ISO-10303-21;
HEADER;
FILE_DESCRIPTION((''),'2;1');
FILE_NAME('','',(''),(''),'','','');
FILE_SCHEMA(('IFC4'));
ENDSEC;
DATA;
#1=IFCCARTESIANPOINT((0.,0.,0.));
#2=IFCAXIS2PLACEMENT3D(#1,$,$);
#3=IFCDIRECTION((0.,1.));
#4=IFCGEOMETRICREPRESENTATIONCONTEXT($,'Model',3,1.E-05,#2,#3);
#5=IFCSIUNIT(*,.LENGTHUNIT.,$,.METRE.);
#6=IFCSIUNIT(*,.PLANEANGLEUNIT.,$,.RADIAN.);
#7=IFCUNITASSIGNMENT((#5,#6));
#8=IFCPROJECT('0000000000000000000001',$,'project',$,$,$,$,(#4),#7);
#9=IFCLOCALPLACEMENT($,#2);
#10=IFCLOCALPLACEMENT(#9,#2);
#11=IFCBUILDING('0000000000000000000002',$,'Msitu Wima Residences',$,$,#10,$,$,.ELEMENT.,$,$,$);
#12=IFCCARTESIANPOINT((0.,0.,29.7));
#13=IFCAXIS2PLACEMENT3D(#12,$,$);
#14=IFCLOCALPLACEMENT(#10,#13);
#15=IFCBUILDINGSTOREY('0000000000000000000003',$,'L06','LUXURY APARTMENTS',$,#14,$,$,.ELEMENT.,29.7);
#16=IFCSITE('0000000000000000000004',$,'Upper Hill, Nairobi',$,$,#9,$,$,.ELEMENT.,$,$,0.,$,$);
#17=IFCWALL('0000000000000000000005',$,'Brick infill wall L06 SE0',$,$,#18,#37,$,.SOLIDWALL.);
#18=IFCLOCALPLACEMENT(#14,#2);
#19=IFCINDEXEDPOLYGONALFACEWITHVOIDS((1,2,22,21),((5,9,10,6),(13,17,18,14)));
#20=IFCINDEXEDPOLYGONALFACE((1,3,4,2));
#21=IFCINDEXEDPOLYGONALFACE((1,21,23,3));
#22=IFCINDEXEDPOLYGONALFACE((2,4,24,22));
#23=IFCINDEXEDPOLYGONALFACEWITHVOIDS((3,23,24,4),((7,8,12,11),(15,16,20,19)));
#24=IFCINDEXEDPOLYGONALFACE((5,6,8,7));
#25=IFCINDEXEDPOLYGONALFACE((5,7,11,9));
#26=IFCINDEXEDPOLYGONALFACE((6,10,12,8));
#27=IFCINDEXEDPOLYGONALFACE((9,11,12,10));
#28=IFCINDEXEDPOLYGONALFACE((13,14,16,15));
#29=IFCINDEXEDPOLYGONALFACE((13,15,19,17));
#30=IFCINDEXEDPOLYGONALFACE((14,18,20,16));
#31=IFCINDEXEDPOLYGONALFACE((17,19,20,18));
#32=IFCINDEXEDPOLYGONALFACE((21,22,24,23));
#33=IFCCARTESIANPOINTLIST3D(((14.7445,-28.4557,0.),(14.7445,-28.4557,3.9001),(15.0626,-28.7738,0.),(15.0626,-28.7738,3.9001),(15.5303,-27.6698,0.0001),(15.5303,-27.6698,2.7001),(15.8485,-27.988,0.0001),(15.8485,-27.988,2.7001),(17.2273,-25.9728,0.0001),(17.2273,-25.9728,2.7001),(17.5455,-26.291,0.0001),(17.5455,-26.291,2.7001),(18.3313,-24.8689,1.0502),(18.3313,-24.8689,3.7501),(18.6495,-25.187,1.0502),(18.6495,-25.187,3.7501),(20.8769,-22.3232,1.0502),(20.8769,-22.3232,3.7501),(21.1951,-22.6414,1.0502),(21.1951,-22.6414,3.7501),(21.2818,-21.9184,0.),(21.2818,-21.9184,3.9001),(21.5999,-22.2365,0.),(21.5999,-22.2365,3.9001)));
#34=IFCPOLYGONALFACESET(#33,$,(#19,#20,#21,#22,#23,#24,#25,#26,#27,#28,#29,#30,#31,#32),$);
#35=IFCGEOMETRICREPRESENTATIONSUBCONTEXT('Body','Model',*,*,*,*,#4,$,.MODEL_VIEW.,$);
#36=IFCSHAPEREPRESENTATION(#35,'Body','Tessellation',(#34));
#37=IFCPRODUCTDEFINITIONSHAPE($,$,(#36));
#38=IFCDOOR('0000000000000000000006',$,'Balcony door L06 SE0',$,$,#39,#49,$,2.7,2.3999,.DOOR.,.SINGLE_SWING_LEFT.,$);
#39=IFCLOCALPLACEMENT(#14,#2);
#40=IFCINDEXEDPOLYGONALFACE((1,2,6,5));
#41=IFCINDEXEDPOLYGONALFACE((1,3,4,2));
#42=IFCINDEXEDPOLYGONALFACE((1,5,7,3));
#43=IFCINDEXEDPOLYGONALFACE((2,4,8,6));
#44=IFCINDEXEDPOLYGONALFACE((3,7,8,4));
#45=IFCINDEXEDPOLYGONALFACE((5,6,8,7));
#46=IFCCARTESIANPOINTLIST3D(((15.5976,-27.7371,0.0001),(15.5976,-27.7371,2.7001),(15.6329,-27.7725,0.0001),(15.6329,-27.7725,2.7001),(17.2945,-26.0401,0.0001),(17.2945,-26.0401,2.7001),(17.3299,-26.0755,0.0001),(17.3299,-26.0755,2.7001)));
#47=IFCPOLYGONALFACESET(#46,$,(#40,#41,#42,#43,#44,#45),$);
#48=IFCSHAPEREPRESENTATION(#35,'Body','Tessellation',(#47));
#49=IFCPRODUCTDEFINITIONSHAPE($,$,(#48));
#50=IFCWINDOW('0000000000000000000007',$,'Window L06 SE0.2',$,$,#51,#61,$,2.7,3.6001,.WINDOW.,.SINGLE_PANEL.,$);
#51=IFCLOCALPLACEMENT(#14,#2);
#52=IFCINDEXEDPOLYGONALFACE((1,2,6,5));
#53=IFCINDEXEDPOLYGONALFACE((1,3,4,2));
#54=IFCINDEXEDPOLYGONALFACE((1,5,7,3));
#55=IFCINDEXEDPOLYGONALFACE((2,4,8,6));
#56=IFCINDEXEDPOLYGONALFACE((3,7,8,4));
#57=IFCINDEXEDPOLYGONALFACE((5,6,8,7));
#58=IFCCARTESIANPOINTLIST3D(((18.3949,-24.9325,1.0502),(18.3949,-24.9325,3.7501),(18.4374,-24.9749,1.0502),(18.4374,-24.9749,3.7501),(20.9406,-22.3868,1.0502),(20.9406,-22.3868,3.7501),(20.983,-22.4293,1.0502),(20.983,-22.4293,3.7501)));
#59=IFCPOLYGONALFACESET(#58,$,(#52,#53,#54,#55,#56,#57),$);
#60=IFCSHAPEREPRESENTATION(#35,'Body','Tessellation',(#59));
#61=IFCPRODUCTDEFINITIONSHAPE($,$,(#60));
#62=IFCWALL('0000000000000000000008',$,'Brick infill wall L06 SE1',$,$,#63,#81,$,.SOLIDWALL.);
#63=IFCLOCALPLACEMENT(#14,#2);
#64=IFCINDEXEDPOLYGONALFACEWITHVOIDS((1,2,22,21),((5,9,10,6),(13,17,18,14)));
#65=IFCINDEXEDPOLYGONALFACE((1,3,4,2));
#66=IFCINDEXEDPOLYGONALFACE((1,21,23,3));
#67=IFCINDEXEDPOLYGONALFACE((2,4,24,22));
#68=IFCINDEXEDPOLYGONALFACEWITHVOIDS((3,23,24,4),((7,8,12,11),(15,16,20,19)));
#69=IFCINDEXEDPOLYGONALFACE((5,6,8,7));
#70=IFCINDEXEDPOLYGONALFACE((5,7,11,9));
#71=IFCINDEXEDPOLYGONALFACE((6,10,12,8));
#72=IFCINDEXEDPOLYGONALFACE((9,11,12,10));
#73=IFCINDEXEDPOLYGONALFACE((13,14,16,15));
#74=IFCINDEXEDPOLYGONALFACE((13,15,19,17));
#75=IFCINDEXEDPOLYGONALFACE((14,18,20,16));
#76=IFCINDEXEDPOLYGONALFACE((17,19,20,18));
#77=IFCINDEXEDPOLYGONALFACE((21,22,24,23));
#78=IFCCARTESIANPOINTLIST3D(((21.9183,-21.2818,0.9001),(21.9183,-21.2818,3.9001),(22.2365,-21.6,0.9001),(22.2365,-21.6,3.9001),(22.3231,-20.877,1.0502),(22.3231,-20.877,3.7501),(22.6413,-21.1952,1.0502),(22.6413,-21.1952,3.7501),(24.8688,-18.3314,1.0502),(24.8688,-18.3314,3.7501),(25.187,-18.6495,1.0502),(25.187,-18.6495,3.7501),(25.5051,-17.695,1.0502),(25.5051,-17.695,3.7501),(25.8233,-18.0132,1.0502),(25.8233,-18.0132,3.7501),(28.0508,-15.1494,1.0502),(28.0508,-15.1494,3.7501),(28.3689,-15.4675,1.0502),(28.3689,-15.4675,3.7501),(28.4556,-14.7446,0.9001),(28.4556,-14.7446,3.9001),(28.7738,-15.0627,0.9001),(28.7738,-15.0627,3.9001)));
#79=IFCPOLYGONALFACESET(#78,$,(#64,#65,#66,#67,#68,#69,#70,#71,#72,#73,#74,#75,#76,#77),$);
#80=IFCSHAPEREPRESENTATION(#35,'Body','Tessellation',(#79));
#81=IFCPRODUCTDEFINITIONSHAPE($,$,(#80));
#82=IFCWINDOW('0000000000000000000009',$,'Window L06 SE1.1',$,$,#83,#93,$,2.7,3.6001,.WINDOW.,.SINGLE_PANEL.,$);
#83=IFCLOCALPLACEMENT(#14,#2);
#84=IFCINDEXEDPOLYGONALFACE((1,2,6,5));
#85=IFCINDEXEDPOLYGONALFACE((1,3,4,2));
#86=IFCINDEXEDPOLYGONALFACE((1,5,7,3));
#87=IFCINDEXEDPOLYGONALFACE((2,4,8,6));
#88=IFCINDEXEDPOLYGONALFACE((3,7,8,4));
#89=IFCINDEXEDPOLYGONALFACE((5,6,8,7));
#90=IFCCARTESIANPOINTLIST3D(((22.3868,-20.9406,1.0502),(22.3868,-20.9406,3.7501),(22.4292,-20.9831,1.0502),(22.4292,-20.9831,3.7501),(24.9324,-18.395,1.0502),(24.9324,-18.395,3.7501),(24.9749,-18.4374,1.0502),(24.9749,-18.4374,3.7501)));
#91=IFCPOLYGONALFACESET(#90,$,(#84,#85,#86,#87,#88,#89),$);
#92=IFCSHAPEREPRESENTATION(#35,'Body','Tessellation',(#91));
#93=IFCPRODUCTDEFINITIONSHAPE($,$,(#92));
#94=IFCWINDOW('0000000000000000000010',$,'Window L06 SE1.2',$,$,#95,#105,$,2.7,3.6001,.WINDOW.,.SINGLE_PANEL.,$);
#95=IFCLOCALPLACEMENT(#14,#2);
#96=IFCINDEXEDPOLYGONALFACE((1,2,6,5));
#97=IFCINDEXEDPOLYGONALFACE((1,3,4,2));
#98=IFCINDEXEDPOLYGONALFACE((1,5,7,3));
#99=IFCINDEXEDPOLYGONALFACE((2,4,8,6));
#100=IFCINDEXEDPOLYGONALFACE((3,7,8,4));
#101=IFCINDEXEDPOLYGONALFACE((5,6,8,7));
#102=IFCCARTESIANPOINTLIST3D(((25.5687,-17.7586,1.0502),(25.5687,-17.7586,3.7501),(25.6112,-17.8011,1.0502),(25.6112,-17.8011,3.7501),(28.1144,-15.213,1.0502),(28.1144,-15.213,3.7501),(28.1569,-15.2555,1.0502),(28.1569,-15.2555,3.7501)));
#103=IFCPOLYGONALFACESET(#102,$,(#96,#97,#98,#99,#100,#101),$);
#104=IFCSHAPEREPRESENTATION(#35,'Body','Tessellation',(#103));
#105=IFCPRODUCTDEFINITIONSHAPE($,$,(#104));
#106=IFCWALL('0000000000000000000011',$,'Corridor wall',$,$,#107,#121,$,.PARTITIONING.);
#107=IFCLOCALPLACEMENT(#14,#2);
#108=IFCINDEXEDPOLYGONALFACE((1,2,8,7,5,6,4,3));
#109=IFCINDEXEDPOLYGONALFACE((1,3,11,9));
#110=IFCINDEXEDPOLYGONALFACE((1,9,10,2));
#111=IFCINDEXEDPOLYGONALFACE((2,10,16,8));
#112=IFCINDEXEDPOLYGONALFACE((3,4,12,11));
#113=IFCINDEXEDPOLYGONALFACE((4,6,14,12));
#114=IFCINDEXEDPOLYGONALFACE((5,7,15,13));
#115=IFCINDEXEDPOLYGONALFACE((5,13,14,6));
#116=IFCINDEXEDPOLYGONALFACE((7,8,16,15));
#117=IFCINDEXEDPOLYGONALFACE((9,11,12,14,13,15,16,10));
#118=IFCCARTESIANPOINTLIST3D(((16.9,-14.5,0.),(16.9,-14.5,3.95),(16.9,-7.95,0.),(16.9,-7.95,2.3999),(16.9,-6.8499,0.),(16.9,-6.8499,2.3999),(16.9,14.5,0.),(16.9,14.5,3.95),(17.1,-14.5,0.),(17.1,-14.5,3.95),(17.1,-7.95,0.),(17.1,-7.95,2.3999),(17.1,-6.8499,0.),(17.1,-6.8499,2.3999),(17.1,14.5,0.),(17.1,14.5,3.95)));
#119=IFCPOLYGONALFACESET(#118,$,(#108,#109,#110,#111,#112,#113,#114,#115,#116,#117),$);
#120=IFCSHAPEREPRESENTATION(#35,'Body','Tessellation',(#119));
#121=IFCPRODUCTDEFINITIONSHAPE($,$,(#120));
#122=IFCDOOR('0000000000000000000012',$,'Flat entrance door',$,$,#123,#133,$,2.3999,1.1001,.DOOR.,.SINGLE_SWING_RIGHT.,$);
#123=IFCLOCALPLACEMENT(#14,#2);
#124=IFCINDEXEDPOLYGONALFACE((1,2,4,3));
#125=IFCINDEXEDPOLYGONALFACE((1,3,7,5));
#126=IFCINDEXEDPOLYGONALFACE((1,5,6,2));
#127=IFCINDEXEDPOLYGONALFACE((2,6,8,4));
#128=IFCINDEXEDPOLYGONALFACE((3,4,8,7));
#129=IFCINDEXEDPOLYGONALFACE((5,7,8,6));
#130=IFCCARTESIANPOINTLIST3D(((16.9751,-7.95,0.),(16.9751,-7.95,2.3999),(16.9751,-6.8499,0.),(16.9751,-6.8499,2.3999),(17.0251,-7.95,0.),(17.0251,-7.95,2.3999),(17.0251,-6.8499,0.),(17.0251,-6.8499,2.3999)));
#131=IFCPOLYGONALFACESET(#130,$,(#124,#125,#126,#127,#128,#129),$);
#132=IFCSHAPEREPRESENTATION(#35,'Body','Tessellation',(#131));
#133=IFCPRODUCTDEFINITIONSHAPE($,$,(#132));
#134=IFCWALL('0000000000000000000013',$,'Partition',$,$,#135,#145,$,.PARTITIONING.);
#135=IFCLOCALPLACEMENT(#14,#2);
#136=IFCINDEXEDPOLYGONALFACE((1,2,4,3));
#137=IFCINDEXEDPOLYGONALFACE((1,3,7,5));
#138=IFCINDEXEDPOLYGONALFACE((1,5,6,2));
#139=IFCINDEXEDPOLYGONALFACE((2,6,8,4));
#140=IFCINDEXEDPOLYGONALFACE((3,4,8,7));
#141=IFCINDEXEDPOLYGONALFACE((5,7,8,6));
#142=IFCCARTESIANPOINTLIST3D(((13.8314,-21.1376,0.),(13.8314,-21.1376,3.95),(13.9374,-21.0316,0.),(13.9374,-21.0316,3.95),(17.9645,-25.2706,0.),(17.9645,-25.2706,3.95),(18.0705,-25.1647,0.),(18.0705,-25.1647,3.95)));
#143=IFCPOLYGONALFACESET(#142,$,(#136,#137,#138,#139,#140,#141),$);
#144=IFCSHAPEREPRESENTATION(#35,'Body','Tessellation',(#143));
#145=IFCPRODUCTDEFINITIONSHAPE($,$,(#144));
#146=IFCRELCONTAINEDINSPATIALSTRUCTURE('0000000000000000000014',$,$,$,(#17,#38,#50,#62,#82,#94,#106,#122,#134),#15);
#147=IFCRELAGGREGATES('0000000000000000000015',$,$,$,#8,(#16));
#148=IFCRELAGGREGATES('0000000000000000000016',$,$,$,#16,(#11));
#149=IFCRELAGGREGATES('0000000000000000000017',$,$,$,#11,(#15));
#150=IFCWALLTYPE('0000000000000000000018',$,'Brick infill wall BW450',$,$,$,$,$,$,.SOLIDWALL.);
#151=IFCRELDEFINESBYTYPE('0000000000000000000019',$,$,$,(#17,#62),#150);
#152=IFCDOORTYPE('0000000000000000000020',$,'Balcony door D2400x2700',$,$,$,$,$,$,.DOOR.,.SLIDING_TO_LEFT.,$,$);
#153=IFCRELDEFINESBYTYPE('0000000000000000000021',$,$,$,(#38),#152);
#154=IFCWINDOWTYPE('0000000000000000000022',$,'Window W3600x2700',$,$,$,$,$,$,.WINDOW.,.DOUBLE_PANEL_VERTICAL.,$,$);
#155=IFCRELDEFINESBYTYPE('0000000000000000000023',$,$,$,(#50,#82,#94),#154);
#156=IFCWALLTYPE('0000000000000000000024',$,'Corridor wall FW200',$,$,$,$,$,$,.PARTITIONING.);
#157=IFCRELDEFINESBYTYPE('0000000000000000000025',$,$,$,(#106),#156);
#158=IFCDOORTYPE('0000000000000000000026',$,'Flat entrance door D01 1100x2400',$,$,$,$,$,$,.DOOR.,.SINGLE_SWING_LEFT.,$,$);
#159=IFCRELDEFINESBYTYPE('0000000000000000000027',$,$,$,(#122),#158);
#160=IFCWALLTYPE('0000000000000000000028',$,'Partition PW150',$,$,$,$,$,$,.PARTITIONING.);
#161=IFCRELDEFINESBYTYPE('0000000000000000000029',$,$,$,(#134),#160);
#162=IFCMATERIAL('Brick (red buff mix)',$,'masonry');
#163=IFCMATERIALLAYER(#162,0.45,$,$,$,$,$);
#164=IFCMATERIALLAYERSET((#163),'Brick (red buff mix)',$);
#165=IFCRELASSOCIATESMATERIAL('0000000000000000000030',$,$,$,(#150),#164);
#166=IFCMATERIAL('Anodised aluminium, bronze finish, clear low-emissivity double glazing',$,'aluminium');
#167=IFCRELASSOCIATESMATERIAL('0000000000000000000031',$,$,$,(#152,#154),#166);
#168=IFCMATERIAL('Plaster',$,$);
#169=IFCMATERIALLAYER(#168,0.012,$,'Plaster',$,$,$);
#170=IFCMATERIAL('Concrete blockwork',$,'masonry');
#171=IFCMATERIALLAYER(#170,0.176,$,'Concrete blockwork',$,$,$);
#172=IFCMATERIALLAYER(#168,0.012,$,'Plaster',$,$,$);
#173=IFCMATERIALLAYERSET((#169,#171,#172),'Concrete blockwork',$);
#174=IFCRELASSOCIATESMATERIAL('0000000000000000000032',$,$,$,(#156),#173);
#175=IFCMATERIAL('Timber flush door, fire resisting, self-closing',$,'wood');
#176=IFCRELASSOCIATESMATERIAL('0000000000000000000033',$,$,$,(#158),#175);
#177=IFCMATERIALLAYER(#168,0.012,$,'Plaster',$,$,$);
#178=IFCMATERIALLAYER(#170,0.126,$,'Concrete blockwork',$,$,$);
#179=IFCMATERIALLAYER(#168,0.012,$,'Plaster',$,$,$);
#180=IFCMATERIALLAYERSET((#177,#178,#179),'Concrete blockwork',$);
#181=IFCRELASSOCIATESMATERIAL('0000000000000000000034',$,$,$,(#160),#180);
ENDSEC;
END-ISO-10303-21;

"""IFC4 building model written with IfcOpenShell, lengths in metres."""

from ifc_helpers import new_model, si_unit, direction, frame, frame_2d, origin, place, context, subcontext, project, spatial, rectangle, extrude, material, layer, layer_set, type_object, element, fill, save


model = new_model("IFC4")

# Units and contexts
model_context = context("Model", 3, precision=1e-05, world=origin(), true_north=direction((0.0, 1.0)))
body_context = subcontext(model_context, "Body", "Model", "MODEL_VIEW")
ifc_project = project(units=[si_unit("LENGTHUNIT", "METRE"), si_unit("PLANEANGLEUNIT", "RADIAN")], contexts=[model_context])

# Site, building, storey
site_placement = place(None, origin())
site = spatial("IfcSite", under=ifc_project, at=site_placement, Name="Upper Hill, Nairobi", CompositionType="ELEMENT", RefElevation=0.0)
building_placement = place(site_placement, origin())
building = spatial("IfcBuilding", under=site, at=building_placement, Name="Msitu Wima Residences", CompositionType="ELEMENT")
storey_placement = place(building_placement, frame((0.0, 0.0, 29.7)))
storey = spatial("IfcBuildingStorey", under=building, at=storey_placement, Name="L06", Description="LUXURY APARTMENTS", CompositionType="ELEMENT", Elevation=29.7)

# Wall, openings, door, window
ifc_material_1 = material(Name="Brick (red buff mix)", Category="masonry")
ifc_layer_1 = layer(ifc_material_1, 0.45)
ifc_layer_set_1 = layer_set([ifc_layer_1], Name="Brick (red buff mix)")
wall_type_1 = type_object("IfcWallType", Name="Brick infill wall BW450", PredefinedType="SOLIDWALL", material=ifc_layer_set_1)
wall_1_placement = place(storey_placement, frame((14.9036, -28.6147, 0.0), z_axis=(0.0, 0.0, 1.0), x_axis=(0.707107, 0.707107, 0.0)))
wall_1 = element("IfcWall", 1, at=wall_1_placement, inside=storey, type_object=wall_type_1, Name="Brick infill wall L06 SE0", PredefinedType="SOLIDWALL", context=body_context, shape_type="SweptSolid", body=[
    extrude(rectangle(XDim=9.2451, YDim=0.45, at=frame_2d((4.6226, 0.0))), origin(), (0.0, 0.0, 1.0), 3.9001),
])
opening_1_placement = place(wall_1_placement, frame((1.1113, 0.0, 0.0)))
opening_1 = element("IfcOpeningElement", 2, at=opening_1_placement, cuts=wall_1, PredefinedType="OPENING", context=body_context, shape_type="SweptSolid", body=[
    extrude(rectangle(XDim=2.3999, YDim=2.7, at=frame_2d((1.2, 1.3501))), frame((0.0, 0.2349, 0.0), z_axis=(0.0, -1.0, 0.0), x_axis=(1.0, 0.0, 0.0)), (0.0, 0.0, 1.0), 0.47),
])
opening_2_placement = place(wall_1_placement, frame((5.0725, 0.0, 1.05)))
opening_2 = element("IfcOpeningElement", 3, at=opening_2_placement, cuts=wall_1, PredefinedType="OPENING", context=body_context, shape_type="SweptSolid", body=[
    extrude(rectangle(XDim=3.6001, YDim=2.7, at=frame_2d((1.8, 1.3501))), frame((0.0, 0.2349, 0.0), z_axis=(0.0, -1.0, 0.0), x_axis=(1.0, 0.0, 0.0)), (0.0, 0.0, 1.0), 0.47),
])
ifc_material_2 = material(Name="Anodised aluminium, bronze finish, clear low-emissivity double glazing", Category="aluminium")
door_type_1 = type_object("IfcDoorType", Name="Balcony door D2400x2700", OperationType="SLIDING_TO_LEFT", PredefinedType="DOOR", material=ifc_material_2)
door_1_placement = place(opening_1_placement, origin())
door_1 = element("IfcDoor", 4, at=door_1_placement, inside=storey, type_object=door_type_1, Name="Balcony door L06 SE0", OperationType="SINGLE_SWING_LEFT", OverallHeight=2.7, OverallWidth=2.3999, PredefinedType="DOOR", context=body_context, shape_type="SweptSolid", body=[
    extrude(rectangle(XDim=2.3999, YDim=2.7, at=frame_2d((1.2, 1.3501))), frame((0.0, 0.1299, 0.0), z_axis=(0.0, -1.0, 0.0), x_axis=(1.0, 0.0, 0.0)), (0.0, 0.0, 1.0), 0.05),
])
fill(opening_1, door_1)
window_type = type_object("IfcWindowType", Name="Window W3600x2700", PartitioningType="DOUBLE_PANEL_VERTICAL", PredefinedType="WINDOW", material=ifc_material_2)
window_1_placement = place(opening_2_placement, origin())
window_1 = element("IfcWindow", 5, at=window_1_placement, inside=storey, type_object=window_type, Name="Window L06 SE0.2", OverallHeight=2.7, OverallWidth=3.6001, PartitioningType="SINGLE_PANEL", PredefinedType="WINDOW", context=body_context, shape_type="SweptSolid", body=[
    extrude(rectangle(XDim=3.6001, YDim=2.7, at=frame_2d((1.8, 1.3501))), frame((0.0, 0.135, 0.0), z_axis=(0.0, -1.0, 0.0), x_axis=(1.0, 0.0, 0.0)), (0.0, 0.0, 1.0), 0.0601),
])
fill(opening_2, window_1)

# Wall, openings, windows
wall_2_placement = place(storey_placement, frame((22.0774, -21.4409, 0.9001), z_axis=(0.0, 0.0, 1.0), x_axis=(0.707107, 0.707107, 0.0)))
wall_2 = element("IfcWall", 6, at=wall_2_placement, inside=storey, type_object=wall_type_1, Name="Brick infill wall L06 SE1", PredefinedType="SOLIDWALL", context=body_context, shape_type="SweptSolid", body=[
    extrude(rectangle(XDim=9.2451, YDim=0.45, at=frame_2d((4.6226, 0.0))), origin(), (0.0, 0.0, 1.0), 3.0),
])
opening_3_placement = place(wall_2_placement, frame((0.5725, 0.0, 0.1499)))
opening_3 = element("IfcOpeningElement", 7, at=opening_3_placement, cuts=wall_2, PredefinedType="OPENING", context=body_context, shape_type="SweptSolid", body=[
    extrude(rectangle(XDim=3.6001, YDim=2.7, at=frame_2d((1.8, 1.3501))), frame((0.0, 0.2349, 0.0), z_axis=(0.0, -1.0, 0.0), x_axis=(1.0, 0.0, 0.0)), (0.0, 0.0, 1.0), 0.47),
])
opening_4_placement = place(wall_2_placement, frame((5.0725, 0.0, 0.1499)))
opening_4 = element("IfcOpeningElement", 8, at=opening_4_placement, cuts=wall_2, PredefinedType="OPENING", context=body_context, shape_type="SweptSolid", body=[
    extrude(rectangle(XDim=3.6001, YDim=2.7, at=frame_2d((1.8, 1.3501))), frame((0.0, 0.2349, 0.0), z_axis=(0.0, -1.0, 0.0), x_axis=(1.0, 0.0, 0.0)), (0.0, 0.0, 1.0), 0.47),
])
window_2_placement = place(opening_3_placement, origin())
window_2 = element("IfcWindow", 9, at=window_2_placement, inside=storey, type_object=window_type, Name="Window L06 SE1.1", OverallHeight=2.7, OverallWidth=3.6001, PartitioningType="SINGLE_PANEL", PredefinedType="WINDOW", context=body_context, shape_type="SweptSolid", body=[
    extrude(rectangle(XDim=3.6001, YDim=2.7, at=frame_2d((1.8, 1.3501))), frame((0.0, 0.135, 0.0), z_axis=(0.0, -1.0, 0.0), x_axis=(1.0, 0.0, 0.0)), (0.0, 0.0, 1.0), 0.0601),
])
fill(opening_3, window_2)
window_3_placement = place(opening_4_placement, origin())
window_3 = element("IfcWindow", 10, at=window_3_placement, inside=storey, type_object=window_type, Name="Window L06 SE1.2", OverallHeight=2.7, OverallWidth=3.6001, PartitioningType="SINGLE_PANEL", PredefinedType="WINDOW", context=body_context, shape_type="SweptSolid", body=[
    extrude(rectangle(XDim=3.6001, YDim=2.7, at=frame_2d((1.8, 1.3501))), frame((0.0, 0.135, 0.0), z_axis=(0.0, -1.0, 0.0), x_axis=(1.0, 0.0, 0.0)), (0.0, 0.0, 1.0), 0.0601),
])
fill(opening_4, window_3)

# Wall, opening, door
ifc_material_3 = material(Name="Plaster")
ifc_layer_2 = layer(ifc_material_3, 0.012, Name="Plaster")
ifc_material_4 = material(Name="Concrete blockwork", Category="masonry")
ifc_layer_3 = layer(ifc_material_4, 0.176, Name="Concrete blockwork")
ifc_layer_4 = layer(ifc_material_3, 0.012, Name="Plaster")
ifc_layer_set_2 = layer_set([ifc_layer_2, ifc_layer_3, ifc_layer_4], Name="Concrete blockwork")
wall_type_2 = type_object("IfcWallType", Name="Corridor wall FW200", PredefinedType="PARTITIONING", material=ifc_layer_set_2)
wall_3_placement = place(storey_placement, frame((17.0, -14.5, 0.0), z_axis=(0.0, 0.0, 1.0), x_axis=(0.0, 1.0, 0.0)))
wall_3 = element("IfcWall", 11, at=wall_3_placement, inside=storey, type_object=wall_type_2, Name="Corridor wall", PredefinedType="PARTITIONING", context=body_context, shape_type="SweptSolid", body=[
    extrude(rectangle(XDim=29.0, YDim=0.2, at=frame_2d((14.5, 0.0))), origin(), (0.0, 0.0, 1.0), 3.95),
])
opening_5_placement = place(wall_3_placement, frame((6.55, 0.0, 0.0)))
opening_5 = element("IfcOpeningElement", 12, at=opening_5_placement, cuts=wall_3, PredefinedType="OPENING", context=body_context, shape_type="SweptSolid", body=[
    extrude(rectangle(XDim=1.1001, YDim=2.3999, at=frame_2d((0.55, 1.2))), frame((0.0, 0.1099, 0.0), z_axis=(0.0, -1.0, 0.0), x_axis=(1.0, 0.0, 0.0)), (0.0, 0.0, 1.0), 0.22),
])
ifc_material_5 = material(Name="Timber flush door, fire resisting, self-closing", Category="wood")
door_type_2 = type_object("IfcDoorType", Name="Flat entrance door D01 1100x2400", OperationType="SINGLE_SWING_LEFT", PredefinedType="DOOR", material=ifc_material_5)
door_2_placement = place(opening_5_placement, origin())
door_2 = element("IfcDoor", 13, at=door_2_placement, inside=storey, type_object=door_type_2, Name="Flat entrance door", OperationType="SINGLE_SWING_RIGHT", OverallHeight=2.3999, OverallWidth=1.1001, PredefinedType="DOOR", context=body_context, shape_type="SweptSolid", body=[
    extrude(rectangle(XDim=1.1001, YDim=2.3999, at=frame_2d((0.55, 1.2))), frame((0.0, 0.0249, 0.0), z_axis=(0.0, -1.0, 0.0), x_axis=(1.0, 0.0, 0.0)), (0.0, 0.0, 1.0), 0.05),
])
fill(opening_5, door_2)

# Wall
ifc_layer_5 = layer(ifc_material_3, 0.012, Name="Plaster")
ifc_layer_6 = layer(ifc_material_4, 0.126, Name="Concrete blockwork")
ifc_layer_7 = layer(ifc_material_3, 0.012, Name="Plaster")
ifc_layer_set_3 = layer_set([ifc_layer_5, ifc_layer_6, ifc_layer_7], Name="Concrete blockwork")
wall_type_3 = type_object("IfcWallType", Name="Partition PW150", PredefinedType="PARTITIONING", material=ifc_layer_set_3)
wall_4_placement = place(storey_placement, frame((13.8845, -21.0847, 0.0), z_axis=(0.0, 0.0, 1.0), x_axis=(0.707107, -0.707107, 0.0)))
element("IfcWall", 14, at=wall_4_placement, inside=storey, type_object=wall_type_3, Name="Partition", PredefinedType="PARTITIONING", context=body_context, shape_type="SweptSolid", body=[
    extrude(rectangle(XDim=5.845, YDim=0.1499, at=frame_2d((2.9224, 0.0))), origin(), (0.0, 0.0, 1.0), 3.95),
])

save(model, "model.ifc")
